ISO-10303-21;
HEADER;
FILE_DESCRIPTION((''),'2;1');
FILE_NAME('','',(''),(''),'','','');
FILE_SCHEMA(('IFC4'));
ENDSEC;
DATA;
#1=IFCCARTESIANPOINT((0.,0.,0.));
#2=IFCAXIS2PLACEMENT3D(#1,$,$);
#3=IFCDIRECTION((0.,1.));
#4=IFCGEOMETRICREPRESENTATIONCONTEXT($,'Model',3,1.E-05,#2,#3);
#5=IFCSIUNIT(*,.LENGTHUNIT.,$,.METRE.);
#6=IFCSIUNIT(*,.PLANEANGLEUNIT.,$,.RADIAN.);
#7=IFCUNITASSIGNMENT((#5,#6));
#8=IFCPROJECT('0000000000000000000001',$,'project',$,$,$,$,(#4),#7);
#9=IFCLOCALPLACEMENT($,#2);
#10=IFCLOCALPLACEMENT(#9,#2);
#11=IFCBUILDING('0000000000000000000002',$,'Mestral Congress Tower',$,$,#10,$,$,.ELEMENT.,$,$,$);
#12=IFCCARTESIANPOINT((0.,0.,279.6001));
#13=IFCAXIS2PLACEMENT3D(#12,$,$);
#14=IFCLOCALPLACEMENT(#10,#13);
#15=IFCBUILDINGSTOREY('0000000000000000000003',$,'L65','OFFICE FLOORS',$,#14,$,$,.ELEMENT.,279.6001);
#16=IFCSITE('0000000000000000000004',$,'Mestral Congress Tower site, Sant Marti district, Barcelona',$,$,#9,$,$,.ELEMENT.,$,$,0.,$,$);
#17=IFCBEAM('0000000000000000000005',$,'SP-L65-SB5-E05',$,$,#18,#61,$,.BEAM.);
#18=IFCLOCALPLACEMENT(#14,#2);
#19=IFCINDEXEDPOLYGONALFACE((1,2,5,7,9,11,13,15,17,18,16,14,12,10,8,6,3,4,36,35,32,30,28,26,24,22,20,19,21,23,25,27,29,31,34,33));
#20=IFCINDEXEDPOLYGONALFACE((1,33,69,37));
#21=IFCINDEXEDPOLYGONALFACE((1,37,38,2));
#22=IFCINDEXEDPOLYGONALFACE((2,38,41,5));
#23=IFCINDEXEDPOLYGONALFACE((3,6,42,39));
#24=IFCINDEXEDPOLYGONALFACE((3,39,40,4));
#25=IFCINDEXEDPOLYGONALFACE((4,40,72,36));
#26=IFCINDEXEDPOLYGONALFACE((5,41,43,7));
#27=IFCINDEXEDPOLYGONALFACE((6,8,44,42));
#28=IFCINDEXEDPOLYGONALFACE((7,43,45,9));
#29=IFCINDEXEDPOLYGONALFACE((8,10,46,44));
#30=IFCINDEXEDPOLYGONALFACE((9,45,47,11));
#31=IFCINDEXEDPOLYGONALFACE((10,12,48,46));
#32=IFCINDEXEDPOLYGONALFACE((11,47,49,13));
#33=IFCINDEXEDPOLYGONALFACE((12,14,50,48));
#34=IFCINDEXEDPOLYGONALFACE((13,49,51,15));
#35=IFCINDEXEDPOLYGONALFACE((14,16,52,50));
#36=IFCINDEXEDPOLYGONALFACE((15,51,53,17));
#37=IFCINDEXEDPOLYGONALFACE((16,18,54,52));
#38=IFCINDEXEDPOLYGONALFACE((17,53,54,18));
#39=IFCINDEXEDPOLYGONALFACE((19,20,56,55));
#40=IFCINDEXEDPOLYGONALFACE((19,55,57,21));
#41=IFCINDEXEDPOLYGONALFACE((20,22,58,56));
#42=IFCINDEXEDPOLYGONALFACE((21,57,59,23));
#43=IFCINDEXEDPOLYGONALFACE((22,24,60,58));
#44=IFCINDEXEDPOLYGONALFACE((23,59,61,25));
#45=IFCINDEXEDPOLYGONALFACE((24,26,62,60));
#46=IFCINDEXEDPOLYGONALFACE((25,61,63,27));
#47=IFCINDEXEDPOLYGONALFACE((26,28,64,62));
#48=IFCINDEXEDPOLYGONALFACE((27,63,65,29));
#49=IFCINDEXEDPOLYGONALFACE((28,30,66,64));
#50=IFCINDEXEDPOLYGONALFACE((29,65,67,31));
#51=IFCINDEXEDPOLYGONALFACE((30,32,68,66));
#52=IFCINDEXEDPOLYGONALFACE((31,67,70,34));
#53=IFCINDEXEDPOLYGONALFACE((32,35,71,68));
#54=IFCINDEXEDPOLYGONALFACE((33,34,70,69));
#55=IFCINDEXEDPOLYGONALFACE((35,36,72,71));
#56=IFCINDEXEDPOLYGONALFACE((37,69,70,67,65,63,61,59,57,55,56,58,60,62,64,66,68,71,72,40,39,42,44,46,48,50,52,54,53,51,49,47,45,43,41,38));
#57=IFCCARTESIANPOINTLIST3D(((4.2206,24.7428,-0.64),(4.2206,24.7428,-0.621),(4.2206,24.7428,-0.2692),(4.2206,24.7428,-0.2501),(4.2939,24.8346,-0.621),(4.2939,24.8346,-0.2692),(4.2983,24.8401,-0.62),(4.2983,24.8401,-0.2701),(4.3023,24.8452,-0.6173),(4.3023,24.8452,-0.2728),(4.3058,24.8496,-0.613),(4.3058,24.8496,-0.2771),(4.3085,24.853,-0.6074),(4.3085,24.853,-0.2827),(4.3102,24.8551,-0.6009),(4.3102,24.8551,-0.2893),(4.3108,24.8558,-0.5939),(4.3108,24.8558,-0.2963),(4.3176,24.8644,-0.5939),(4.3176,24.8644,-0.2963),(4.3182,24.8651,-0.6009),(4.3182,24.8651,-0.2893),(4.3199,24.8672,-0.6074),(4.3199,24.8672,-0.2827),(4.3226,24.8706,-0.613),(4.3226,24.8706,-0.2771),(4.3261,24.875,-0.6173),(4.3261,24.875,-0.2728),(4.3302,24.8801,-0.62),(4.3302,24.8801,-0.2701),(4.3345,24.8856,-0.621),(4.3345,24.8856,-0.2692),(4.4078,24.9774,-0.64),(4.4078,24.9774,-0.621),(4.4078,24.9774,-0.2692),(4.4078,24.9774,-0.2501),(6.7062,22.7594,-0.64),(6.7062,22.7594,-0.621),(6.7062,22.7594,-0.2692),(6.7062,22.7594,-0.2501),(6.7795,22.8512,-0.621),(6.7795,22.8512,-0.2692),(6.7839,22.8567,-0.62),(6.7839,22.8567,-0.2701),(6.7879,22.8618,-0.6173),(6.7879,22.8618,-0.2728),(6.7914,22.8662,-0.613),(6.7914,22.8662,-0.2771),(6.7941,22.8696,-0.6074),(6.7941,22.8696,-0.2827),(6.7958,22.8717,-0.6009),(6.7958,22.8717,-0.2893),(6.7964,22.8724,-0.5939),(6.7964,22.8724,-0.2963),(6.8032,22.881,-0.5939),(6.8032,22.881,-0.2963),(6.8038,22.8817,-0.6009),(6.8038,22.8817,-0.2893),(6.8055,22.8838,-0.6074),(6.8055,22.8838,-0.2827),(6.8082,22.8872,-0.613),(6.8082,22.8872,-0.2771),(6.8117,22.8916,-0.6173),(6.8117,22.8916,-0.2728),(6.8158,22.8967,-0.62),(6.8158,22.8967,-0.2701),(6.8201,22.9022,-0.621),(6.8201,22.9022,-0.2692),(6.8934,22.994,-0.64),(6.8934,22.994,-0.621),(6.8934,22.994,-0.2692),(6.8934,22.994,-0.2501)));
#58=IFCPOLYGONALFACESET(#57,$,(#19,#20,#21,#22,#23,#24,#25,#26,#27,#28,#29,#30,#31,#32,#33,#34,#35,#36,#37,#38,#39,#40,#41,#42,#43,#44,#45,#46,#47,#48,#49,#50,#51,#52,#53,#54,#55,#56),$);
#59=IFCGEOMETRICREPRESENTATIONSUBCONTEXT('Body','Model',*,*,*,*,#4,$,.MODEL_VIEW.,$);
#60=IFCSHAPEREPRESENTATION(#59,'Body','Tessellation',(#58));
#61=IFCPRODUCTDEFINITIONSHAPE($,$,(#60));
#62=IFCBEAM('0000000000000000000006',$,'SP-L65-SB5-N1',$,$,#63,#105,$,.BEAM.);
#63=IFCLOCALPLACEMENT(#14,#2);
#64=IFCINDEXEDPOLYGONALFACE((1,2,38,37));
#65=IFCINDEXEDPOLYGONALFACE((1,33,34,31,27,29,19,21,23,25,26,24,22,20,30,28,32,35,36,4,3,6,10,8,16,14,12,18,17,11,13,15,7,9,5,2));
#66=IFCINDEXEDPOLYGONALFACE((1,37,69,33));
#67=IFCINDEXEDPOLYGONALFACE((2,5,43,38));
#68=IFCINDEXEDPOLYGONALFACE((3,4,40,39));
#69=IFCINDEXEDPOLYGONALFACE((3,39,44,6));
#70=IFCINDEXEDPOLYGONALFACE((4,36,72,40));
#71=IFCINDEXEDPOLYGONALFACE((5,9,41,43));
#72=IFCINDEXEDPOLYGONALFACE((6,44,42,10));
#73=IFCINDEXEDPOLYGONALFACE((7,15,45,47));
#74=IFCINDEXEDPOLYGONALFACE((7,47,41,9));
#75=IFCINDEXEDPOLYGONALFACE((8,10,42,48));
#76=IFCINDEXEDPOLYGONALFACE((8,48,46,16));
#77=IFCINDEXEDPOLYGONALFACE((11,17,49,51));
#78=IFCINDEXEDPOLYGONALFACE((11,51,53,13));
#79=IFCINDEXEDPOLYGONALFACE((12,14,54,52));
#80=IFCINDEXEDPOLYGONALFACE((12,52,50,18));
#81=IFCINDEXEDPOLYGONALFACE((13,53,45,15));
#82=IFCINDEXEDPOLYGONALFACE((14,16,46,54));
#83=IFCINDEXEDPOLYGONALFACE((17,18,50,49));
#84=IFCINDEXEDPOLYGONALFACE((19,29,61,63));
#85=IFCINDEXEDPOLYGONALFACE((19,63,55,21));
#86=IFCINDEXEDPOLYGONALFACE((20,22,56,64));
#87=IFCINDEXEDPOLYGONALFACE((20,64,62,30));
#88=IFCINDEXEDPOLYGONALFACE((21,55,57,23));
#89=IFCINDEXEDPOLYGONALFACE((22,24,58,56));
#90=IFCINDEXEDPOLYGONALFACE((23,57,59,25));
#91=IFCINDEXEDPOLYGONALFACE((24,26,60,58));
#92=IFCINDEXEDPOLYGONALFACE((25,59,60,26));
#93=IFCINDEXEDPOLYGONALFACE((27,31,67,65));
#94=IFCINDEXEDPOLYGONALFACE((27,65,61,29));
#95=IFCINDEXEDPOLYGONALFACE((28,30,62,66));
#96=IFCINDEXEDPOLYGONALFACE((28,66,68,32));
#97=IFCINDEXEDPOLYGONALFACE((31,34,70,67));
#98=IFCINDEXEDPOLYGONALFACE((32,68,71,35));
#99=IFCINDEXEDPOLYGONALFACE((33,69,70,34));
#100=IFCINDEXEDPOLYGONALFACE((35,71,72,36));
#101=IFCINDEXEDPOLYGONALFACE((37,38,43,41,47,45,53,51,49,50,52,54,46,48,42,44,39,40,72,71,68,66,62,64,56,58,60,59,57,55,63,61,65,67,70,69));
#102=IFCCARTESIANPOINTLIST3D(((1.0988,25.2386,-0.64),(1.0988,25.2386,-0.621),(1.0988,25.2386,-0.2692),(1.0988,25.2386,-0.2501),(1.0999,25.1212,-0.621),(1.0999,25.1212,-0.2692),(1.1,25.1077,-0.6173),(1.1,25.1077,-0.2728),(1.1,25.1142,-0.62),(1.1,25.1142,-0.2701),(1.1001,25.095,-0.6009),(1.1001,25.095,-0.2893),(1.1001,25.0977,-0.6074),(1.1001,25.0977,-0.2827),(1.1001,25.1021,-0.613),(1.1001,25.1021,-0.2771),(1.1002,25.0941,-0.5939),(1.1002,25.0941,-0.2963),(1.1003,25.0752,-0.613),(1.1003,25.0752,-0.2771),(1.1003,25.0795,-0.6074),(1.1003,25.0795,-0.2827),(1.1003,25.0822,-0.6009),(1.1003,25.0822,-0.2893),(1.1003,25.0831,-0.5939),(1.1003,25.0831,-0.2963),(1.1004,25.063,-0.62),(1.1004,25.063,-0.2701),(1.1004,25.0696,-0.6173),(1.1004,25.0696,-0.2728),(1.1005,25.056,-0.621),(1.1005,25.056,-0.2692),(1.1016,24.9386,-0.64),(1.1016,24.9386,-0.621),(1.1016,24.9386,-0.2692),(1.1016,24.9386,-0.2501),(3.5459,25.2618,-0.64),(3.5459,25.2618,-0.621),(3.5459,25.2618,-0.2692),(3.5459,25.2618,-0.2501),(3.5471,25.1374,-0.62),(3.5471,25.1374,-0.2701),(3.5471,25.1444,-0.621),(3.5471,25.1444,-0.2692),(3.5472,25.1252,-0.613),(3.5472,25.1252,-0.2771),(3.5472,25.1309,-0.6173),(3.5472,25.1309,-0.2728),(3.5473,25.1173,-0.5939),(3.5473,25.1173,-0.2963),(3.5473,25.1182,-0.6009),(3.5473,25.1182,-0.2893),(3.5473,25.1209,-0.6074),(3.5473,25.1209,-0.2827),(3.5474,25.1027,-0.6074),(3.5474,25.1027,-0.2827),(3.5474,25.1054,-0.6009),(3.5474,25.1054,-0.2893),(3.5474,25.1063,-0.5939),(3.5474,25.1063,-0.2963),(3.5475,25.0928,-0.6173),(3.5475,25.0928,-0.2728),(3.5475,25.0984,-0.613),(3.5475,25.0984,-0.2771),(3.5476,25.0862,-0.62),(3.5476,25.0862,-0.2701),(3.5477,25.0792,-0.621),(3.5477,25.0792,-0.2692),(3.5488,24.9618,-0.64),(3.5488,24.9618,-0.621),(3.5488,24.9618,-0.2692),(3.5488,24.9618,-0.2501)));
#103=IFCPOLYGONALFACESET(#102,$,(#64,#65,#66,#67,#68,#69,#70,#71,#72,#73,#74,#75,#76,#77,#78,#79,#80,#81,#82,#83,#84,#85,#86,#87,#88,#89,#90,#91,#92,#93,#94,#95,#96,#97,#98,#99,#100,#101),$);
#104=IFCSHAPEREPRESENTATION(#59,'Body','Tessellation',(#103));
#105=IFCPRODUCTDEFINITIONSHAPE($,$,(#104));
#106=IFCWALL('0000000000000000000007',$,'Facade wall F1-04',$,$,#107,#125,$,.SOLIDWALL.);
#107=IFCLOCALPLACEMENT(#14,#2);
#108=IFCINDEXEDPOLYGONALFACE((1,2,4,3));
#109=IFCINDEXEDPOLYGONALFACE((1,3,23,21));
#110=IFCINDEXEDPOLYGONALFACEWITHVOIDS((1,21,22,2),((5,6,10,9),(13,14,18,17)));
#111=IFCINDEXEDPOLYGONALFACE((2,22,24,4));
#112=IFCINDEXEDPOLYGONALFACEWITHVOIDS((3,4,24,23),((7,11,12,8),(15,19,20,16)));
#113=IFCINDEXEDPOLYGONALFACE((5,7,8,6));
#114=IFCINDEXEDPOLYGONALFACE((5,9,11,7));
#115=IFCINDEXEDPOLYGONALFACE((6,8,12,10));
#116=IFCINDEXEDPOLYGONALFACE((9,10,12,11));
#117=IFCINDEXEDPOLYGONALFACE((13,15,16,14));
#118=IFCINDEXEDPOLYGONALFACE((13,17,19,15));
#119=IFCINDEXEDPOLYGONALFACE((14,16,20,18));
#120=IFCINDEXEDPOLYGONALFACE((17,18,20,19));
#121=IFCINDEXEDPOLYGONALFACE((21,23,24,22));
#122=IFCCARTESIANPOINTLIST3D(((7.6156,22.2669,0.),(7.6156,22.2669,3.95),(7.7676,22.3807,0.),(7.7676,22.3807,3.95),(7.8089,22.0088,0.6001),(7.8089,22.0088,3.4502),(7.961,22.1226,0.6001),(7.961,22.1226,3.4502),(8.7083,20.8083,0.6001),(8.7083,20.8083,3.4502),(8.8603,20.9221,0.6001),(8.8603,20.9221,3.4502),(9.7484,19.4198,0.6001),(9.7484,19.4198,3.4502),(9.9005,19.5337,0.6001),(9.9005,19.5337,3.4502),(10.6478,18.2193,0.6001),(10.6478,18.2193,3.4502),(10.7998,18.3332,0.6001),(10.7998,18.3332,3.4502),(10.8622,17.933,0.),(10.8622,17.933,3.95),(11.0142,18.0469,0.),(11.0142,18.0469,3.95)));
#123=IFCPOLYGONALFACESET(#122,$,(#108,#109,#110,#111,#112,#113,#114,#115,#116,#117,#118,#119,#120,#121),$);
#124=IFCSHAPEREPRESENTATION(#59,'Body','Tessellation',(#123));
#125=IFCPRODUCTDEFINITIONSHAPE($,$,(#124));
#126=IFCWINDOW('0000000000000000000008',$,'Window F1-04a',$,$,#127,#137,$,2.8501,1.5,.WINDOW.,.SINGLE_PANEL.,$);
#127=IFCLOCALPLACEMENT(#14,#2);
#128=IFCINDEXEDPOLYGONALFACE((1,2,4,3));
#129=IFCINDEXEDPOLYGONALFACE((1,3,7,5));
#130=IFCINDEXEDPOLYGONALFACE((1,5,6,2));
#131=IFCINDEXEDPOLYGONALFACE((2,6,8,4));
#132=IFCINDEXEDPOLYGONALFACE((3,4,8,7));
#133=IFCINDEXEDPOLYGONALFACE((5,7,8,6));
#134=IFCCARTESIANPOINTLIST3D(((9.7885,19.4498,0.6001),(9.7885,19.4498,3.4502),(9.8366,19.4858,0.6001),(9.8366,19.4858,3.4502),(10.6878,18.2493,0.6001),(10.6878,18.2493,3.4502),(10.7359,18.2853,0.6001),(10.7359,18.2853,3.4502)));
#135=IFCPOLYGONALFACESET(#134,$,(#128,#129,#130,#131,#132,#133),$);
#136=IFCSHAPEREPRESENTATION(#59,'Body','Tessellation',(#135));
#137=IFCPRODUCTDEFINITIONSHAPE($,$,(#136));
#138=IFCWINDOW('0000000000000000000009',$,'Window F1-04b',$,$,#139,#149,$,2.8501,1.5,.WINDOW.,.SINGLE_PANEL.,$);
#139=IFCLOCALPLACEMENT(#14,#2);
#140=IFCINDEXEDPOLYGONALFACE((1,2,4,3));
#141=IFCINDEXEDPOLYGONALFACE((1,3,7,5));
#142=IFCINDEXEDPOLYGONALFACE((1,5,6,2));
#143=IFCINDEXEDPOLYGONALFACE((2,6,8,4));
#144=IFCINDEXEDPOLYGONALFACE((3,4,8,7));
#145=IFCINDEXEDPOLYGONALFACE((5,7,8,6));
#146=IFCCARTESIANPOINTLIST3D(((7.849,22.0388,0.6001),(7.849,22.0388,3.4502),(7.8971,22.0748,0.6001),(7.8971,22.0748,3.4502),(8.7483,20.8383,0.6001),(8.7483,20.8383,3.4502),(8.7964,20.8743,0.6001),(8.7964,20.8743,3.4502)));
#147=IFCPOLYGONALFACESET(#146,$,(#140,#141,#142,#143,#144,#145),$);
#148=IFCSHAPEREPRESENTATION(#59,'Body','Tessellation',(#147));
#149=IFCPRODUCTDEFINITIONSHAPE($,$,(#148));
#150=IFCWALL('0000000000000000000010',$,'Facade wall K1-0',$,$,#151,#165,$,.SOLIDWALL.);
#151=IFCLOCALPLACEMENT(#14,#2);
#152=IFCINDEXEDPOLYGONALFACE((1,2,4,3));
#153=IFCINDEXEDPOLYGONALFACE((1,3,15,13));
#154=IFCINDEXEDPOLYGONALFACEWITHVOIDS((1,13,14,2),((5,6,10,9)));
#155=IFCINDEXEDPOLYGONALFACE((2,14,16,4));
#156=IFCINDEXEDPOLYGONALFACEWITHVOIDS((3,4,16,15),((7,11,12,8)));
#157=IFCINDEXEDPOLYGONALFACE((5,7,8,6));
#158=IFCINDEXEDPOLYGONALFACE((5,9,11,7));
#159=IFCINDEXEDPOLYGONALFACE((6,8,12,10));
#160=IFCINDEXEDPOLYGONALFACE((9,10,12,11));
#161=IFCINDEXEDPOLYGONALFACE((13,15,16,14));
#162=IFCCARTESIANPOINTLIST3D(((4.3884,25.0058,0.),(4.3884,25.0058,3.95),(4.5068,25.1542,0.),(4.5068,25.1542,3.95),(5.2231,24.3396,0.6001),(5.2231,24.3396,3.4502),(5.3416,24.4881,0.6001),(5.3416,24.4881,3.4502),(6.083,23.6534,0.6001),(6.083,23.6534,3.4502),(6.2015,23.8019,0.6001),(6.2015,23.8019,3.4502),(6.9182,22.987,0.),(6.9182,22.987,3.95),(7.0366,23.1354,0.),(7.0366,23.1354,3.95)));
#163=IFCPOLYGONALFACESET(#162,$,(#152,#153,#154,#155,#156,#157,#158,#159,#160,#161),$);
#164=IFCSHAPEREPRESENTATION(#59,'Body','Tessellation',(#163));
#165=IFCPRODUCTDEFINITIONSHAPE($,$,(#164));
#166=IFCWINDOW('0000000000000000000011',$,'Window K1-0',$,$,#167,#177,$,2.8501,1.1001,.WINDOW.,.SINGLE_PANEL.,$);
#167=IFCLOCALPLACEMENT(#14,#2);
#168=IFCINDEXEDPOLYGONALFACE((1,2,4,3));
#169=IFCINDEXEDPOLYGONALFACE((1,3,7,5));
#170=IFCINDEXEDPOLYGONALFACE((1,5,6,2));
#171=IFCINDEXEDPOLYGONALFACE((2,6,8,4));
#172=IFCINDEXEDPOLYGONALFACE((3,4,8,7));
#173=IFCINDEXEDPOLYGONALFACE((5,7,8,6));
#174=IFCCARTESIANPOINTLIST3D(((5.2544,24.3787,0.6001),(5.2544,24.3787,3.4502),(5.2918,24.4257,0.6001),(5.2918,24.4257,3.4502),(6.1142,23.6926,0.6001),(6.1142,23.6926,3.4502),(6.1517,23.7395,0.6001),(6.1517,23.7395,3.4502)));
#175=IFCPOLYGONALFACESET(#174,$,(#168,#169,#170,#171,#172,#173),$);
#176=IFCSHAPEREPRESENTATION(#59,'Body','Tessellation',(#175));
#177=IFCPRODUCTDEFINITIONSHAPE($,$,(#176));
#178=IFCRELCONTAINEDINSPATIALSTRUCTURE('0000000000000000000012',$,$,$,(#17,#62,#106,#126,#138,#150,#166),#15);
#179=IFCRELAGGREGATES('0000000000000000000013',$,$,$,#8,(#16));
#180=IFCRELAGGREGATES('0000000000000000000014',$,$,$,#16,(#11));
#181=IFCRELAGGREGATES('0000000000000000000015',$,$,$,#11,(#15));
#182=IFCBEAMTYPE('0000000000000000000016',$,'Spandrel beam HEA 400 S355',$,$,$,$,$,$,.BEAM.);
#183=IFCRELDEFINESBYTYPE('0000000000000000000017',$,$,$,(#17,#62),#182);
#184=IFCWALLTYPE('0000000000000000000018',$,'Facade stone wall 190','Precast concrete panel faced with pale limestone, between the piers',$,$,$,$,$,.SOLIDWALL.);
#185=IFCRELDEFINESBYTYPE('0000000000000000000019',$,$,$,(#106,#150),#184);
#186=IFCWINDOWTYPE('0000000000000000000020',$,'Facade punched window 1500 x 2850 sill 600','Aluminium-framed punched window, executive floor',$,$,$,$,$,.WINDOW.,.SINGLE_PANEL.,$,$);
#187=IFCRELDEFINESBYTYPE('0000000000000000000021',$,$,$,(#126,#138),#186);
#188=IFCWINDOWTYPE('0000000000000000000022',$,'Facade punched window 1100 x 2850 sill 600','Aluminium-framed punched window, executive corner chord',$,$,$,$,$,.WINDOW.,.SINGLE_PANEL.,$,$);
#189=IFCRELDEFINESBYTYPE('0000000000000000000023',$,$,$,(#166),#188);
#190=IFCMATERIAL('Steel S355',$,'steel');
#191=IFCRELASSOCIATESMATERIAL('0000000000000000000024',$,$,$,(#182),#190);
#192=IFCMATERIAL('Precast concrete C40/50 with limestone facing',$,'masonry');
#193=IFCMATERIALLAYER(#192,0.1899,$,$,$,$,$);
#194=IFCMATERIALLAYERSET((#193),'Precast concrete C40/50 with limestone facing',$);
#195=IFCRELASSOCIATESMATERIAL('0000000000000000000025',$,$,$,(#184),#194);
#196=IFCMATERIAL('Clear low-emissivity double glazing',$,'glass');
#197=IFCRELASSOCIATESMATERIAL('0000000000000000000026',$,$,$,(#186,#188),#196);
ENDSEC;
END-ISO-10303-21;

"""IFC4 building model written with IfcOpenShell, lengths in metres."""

from ifc_helpers import new_model, si_unit, direction, frame, frame_2d, origin, origin_2d, place, context, subcontext, project, spatial, rectangle, i_section, extrude, material, layer, layer_set, material_profile, profile_set, type_object, element, fill, save


model = new_model("IFC4")

# Units and contexts
model_context = context("Model", 3, precision=1e-05, world=origin(), true_north=direction((0.0, 1.0)))
body_context = subcontext(model_context, "Body", "Model", "MODEL_VIEW")
ifc_project = project(units=[si_unit("LENGTHUNIT", "METRE"), si_unit("PLANEANGLEUNIT", "RADIAN")], contexts=[model_context])

# Site, building, storey
site_placement = place(None, origin())
site = spatial("IfcSite", under=ifc_project, at=site_placement, Name="Mestral Congress Tower site, Sant Marti district, Barcelona", CompositionType="ELEMENT", RefElevation=0.0)
building_placement = place(site_placement, origin())
building = spatial("IfcBuilding", under=site, at=building_placement, Name="Mestral Congress Tower", CompositionType="ELEMENT")
storey_placement = place(building_placement, frame((0.0, 0.0, 279.6001)))
storey = spatial("IfcBuildingStorey", under=building, at=storey_placement, Name="L65", Description="OFFICE FLOORS", CompositionType="ELEMENT", Elevation=279.6001)

# Beams
ifc_material_1 = material(Name="Steel S355", Category="steel")
ifc_material_profile_1 = material_profile(ifc_material_1, i_section(OverallWidth=0.3, OverallDepth=0.3899, WebThickness=0.011, FlangeThickness=0.019, FilletRadius=0.0271, at=origin_2d()), Name="HEA 400")
ifc_profile_set_1 = profile_set([ifc_material_profile_1], Name="Steel S355")
beam_type_1 = type_object("IfcBeamType", Name="Spandrel beam HEA 400 S355", PredefinedType="BEAM", material=ifc_profile_set_1)
beam_1_placement = place(storey_placement, frame((6.7998, 22.8767, -0.4451), z_axis=(-0.781647, 0.623721, 0.0), x_axis=(-0.623721, -0.781647, 0.0)))
element("IfcBeam", 1, at=beam_1_placement, inside=storey, type_object=beam_type_1, Name="SP-L65-SB5-E05", PredefinedType="BEAM", context=body_context, shape_type="SweptSolid", body=[
    extrude(i_section(OverallWidth=0.3, OverallDepth=0.3899, WebThickness=0.011, FlangeThickness=0.019, FilletRadius=0.0271, at=origin_2d()), origin(), (0.0, 0.0, 1.0), 3.1799),
])
beam_2_placement = place(storey_placement, frame((3.5474, 25.1118, -0.4451), z_axis=(-0.999955, -0.009477, 0.0), x_axis=(0.009477, -0.999955, 0.0)))
element("IfcBeam", 2, at=beam_2_placement, inside=storey, type_object=beam_type_1, Name="SP-L65-SB5-N1", PredefinedType="BEAM", context=body_context, shape_type="SweptSolid", body=[
    extrude(i_section(OverallWidth=0.3, OverallDepth=0.3899, WebThickness=0.011, FlangeThickness=0.019, FilletRadius=0.0271, at=origin_2d()), origin(), (0.0, 0.0, 1.0), 2.4473),
])

# Wall, openings, windows
ifc_material_2 = material(Name="Precast concrete C40/50 with limestone facing", Category="masonry")
ifc_layer_1 = layer(ifc_material_2, 0.1899)
ifc_layer_set_1 = layer_set([ifc_layer_1], Name="Precast concrete C40/50 with limestone facing")
wall_type_1 = type_object("IfcWallType", Name="Facade stone wall 190", Description="Precast concrete panel faced with pale limestone, between the piers", PredefinedType="SOLIDWALL", material=ifc_layer_set_1)
wall_1_placement = place(storey_placement, frame((10.9382, 17.99, 0.0), z_axis=(0.0, 0.0, 1.0), x_axis=(-0.59956, 0.80033, 0.0)))
wall_1 = element("IfcWall", 3, at=wall_1_placement, inside=storey, type_object=wall_type_1, Name="Facade wall F1-04", PredefinedType="SOLIDWALL", context=body_context, shape_type="SweptSolid", body=[
    extrude(rectangle(XDim=5.415, YDim=0.1899, at=frame_2d((2.7075, 0.0))), origin(), (0.0, 0.0, 1.0), 3.95),
])
opening_1_placement = place(wall_1_placement, frame((0.3577, 0.0, 0.6001)))
opening_1 = element("IfcOpeningElement", 4, at=opening_1_placement, cuts=wall_1, PredefinedType="OPENING", context=body_context, shape_type="SweptSolid", body=[
    extrude(rectangle(XDim=1.5, YDim=2.8501, at=frame_2d((0.75, 1.425))), frame((0.0, 0.105, 0.0), z_axis=(0.0, -1.0, 0.0), x_axis=(1.0, 0.0, 0.0)), (0.0, 0.0, 1.0), 0.21),
])
opening_2_placement = place(wall_1_placement, frame((3.5925, 0.0, 0.6001)))
opening_2 = element("IfcOpeningElement", 5, at=opening_2_placement, cuts=wall_1, PredefinedType="OPENING", context=body_context, shape_type="SweptSolid", body=[
    extrude(rectangle(XDim=1.5, YDim=2.8501, at=frame_2d((0.75, 1.425))), frame((0.0, 0.105, 0.0), z_axis=(0.0, -1.0, 0.0), x_axis=(1.0, 0.0, 0.0)), (0.0, 0.0, 1.0), 0.21),
])
ifc_material_3 = material(Name="Clear low-emissivity double glazing", Category="glass")
window_type_1 = type_object("IfcWindowType", Name="Facade punched window 1500 x 2850 sill 600", Description="Aluminium-framed punched window, executive floor", PartitioningType="SINGLE_PANEL", PredefinedType="WINDOW", material=ifc_material_3)
window_1_placement = place(opening_1_placement, origin())
window_1 = element("IfcWindow", 6, at=window_1_placement, inside=storey, type_object=window_type_1, Name="Window F1-04a", OverallHeight=2.8501, OverallWidth=1.5, PartitioningType="SINGLE_PANEL", PredefinedType="WINDOW", context=body_context, shape_type="SweptSolid", body=[
    extrude(rectangle(XDim=1.5, YDim=2.8501, at=frame_2d((0.75, 1.425))), frame((0.0, 0.0449, 0.0), z_axis=(0.0, -1.0, 0.0), x_axis=(1.0, 0.0, 0.0)), (0.0, 0.0, 1.0), 0.0601),
])
fill(opening_1, window_1)
window_2_placement = place(opening_2_placement, origin())
window_2 = element("IfcWindow", 7, at=window_2_placement, inside=storey, type_object=window_type_1, Name="Window F1-04b", OverallHeight=2.8501, OverallWidth=1.5, PartitioningType="SINGLE_PANEL", PredefinedType="WINDOW", context=body_context, shape_type="SweptSolid", body=[
    extrude(rectangle(XDim=1.5, YDim=2.8501, at=frame_2d((0.75, 1.425))), frame((0.0, 0.0449, 0.0), z_axis=(0.0, -1.0, 0.0), x_axis=(1.0, 0.0, 0.0)), (0.0, 0.0, 1.0), 0.0601),
])
fill(opening_2, window_2)

# Wall, opening, window
wall_2_placement = place(storey_placement, frame((6.9773, 23.0613, 0.0), z_axis=(0.0, 0.0, 1.0), x_axis=(-0.781626, 0.623747, 0.0)))
wall_2 = element("IfcWall", 8, at=wall_2_placement, inside=storey, type_object=wall_type_1, Name="Facade wall K1-0", PredefinedType="SOLIDWALL", context=body_context, shape_type="SweptSolid", body=[
    extrude(rectangle(XDim=3.2366, YDim=0.1899, at=frame_2d((1.6182, 0.0))), origin(), (0.0, 0.0, 1.0), 3.95),
])
opening_3_placement = place(wall_2_placement, frame((1.0684, 0.0, 0.6001)))
opening_3 = element("IfcOpeningElement", 9, at=opening_3_placement, cuts=wall_2, PredefinedType="OPENING", context=body_context, shape_type="SweptSolid", body=[
    extrude(rectangle(XDim=1.1001, YDim=2.8501, at=frame_2d((0.55, 1.425))), frame((0.0, 0.105, 0.0), z_axis=(0.0, -1.0, 0.0), x_axis=(1.0, 0.0, 0.0)), (0.0, 0.0, 1.0), 0.21),
])
window_type_2 = type_object("IfcWindowType", Name="Facade punched window 1100 x 2850 sill 600", Description="Aluminium-framed punched window, executive corner chord", PartitioningType="SINGLE_PANEL", PredefinedType="WINDOW", material=ifc_material_3)
window_3_placement = place(opening_3_placement, origin())
window_3 = element("IfcWindow", 10, at=window_3_placement, inside=storey, type_object=window_type_2, Name="Window K1-0", OverallHeight=2.8501, OverallWidth=1.1001, PartitioningType="SINGLE_PANEL", PredefinedType="WINDOW", context=body_context, shape_type="SweptSolid", body=[
    extrude(rectangle(XDim=1.1001, YDim=2.8501, at=frame_2d((0.55, 1.425))), frame((0.0, 0.0449, 0.0), z_axis=(0.0, -1.0, 0.0), x_axis=(1.0, 0.0, 0.0)), (0.0, 0.0, 1.0), 0.0601),
])
fill(opening_3, window_3)

save(model, "model.ifc")
